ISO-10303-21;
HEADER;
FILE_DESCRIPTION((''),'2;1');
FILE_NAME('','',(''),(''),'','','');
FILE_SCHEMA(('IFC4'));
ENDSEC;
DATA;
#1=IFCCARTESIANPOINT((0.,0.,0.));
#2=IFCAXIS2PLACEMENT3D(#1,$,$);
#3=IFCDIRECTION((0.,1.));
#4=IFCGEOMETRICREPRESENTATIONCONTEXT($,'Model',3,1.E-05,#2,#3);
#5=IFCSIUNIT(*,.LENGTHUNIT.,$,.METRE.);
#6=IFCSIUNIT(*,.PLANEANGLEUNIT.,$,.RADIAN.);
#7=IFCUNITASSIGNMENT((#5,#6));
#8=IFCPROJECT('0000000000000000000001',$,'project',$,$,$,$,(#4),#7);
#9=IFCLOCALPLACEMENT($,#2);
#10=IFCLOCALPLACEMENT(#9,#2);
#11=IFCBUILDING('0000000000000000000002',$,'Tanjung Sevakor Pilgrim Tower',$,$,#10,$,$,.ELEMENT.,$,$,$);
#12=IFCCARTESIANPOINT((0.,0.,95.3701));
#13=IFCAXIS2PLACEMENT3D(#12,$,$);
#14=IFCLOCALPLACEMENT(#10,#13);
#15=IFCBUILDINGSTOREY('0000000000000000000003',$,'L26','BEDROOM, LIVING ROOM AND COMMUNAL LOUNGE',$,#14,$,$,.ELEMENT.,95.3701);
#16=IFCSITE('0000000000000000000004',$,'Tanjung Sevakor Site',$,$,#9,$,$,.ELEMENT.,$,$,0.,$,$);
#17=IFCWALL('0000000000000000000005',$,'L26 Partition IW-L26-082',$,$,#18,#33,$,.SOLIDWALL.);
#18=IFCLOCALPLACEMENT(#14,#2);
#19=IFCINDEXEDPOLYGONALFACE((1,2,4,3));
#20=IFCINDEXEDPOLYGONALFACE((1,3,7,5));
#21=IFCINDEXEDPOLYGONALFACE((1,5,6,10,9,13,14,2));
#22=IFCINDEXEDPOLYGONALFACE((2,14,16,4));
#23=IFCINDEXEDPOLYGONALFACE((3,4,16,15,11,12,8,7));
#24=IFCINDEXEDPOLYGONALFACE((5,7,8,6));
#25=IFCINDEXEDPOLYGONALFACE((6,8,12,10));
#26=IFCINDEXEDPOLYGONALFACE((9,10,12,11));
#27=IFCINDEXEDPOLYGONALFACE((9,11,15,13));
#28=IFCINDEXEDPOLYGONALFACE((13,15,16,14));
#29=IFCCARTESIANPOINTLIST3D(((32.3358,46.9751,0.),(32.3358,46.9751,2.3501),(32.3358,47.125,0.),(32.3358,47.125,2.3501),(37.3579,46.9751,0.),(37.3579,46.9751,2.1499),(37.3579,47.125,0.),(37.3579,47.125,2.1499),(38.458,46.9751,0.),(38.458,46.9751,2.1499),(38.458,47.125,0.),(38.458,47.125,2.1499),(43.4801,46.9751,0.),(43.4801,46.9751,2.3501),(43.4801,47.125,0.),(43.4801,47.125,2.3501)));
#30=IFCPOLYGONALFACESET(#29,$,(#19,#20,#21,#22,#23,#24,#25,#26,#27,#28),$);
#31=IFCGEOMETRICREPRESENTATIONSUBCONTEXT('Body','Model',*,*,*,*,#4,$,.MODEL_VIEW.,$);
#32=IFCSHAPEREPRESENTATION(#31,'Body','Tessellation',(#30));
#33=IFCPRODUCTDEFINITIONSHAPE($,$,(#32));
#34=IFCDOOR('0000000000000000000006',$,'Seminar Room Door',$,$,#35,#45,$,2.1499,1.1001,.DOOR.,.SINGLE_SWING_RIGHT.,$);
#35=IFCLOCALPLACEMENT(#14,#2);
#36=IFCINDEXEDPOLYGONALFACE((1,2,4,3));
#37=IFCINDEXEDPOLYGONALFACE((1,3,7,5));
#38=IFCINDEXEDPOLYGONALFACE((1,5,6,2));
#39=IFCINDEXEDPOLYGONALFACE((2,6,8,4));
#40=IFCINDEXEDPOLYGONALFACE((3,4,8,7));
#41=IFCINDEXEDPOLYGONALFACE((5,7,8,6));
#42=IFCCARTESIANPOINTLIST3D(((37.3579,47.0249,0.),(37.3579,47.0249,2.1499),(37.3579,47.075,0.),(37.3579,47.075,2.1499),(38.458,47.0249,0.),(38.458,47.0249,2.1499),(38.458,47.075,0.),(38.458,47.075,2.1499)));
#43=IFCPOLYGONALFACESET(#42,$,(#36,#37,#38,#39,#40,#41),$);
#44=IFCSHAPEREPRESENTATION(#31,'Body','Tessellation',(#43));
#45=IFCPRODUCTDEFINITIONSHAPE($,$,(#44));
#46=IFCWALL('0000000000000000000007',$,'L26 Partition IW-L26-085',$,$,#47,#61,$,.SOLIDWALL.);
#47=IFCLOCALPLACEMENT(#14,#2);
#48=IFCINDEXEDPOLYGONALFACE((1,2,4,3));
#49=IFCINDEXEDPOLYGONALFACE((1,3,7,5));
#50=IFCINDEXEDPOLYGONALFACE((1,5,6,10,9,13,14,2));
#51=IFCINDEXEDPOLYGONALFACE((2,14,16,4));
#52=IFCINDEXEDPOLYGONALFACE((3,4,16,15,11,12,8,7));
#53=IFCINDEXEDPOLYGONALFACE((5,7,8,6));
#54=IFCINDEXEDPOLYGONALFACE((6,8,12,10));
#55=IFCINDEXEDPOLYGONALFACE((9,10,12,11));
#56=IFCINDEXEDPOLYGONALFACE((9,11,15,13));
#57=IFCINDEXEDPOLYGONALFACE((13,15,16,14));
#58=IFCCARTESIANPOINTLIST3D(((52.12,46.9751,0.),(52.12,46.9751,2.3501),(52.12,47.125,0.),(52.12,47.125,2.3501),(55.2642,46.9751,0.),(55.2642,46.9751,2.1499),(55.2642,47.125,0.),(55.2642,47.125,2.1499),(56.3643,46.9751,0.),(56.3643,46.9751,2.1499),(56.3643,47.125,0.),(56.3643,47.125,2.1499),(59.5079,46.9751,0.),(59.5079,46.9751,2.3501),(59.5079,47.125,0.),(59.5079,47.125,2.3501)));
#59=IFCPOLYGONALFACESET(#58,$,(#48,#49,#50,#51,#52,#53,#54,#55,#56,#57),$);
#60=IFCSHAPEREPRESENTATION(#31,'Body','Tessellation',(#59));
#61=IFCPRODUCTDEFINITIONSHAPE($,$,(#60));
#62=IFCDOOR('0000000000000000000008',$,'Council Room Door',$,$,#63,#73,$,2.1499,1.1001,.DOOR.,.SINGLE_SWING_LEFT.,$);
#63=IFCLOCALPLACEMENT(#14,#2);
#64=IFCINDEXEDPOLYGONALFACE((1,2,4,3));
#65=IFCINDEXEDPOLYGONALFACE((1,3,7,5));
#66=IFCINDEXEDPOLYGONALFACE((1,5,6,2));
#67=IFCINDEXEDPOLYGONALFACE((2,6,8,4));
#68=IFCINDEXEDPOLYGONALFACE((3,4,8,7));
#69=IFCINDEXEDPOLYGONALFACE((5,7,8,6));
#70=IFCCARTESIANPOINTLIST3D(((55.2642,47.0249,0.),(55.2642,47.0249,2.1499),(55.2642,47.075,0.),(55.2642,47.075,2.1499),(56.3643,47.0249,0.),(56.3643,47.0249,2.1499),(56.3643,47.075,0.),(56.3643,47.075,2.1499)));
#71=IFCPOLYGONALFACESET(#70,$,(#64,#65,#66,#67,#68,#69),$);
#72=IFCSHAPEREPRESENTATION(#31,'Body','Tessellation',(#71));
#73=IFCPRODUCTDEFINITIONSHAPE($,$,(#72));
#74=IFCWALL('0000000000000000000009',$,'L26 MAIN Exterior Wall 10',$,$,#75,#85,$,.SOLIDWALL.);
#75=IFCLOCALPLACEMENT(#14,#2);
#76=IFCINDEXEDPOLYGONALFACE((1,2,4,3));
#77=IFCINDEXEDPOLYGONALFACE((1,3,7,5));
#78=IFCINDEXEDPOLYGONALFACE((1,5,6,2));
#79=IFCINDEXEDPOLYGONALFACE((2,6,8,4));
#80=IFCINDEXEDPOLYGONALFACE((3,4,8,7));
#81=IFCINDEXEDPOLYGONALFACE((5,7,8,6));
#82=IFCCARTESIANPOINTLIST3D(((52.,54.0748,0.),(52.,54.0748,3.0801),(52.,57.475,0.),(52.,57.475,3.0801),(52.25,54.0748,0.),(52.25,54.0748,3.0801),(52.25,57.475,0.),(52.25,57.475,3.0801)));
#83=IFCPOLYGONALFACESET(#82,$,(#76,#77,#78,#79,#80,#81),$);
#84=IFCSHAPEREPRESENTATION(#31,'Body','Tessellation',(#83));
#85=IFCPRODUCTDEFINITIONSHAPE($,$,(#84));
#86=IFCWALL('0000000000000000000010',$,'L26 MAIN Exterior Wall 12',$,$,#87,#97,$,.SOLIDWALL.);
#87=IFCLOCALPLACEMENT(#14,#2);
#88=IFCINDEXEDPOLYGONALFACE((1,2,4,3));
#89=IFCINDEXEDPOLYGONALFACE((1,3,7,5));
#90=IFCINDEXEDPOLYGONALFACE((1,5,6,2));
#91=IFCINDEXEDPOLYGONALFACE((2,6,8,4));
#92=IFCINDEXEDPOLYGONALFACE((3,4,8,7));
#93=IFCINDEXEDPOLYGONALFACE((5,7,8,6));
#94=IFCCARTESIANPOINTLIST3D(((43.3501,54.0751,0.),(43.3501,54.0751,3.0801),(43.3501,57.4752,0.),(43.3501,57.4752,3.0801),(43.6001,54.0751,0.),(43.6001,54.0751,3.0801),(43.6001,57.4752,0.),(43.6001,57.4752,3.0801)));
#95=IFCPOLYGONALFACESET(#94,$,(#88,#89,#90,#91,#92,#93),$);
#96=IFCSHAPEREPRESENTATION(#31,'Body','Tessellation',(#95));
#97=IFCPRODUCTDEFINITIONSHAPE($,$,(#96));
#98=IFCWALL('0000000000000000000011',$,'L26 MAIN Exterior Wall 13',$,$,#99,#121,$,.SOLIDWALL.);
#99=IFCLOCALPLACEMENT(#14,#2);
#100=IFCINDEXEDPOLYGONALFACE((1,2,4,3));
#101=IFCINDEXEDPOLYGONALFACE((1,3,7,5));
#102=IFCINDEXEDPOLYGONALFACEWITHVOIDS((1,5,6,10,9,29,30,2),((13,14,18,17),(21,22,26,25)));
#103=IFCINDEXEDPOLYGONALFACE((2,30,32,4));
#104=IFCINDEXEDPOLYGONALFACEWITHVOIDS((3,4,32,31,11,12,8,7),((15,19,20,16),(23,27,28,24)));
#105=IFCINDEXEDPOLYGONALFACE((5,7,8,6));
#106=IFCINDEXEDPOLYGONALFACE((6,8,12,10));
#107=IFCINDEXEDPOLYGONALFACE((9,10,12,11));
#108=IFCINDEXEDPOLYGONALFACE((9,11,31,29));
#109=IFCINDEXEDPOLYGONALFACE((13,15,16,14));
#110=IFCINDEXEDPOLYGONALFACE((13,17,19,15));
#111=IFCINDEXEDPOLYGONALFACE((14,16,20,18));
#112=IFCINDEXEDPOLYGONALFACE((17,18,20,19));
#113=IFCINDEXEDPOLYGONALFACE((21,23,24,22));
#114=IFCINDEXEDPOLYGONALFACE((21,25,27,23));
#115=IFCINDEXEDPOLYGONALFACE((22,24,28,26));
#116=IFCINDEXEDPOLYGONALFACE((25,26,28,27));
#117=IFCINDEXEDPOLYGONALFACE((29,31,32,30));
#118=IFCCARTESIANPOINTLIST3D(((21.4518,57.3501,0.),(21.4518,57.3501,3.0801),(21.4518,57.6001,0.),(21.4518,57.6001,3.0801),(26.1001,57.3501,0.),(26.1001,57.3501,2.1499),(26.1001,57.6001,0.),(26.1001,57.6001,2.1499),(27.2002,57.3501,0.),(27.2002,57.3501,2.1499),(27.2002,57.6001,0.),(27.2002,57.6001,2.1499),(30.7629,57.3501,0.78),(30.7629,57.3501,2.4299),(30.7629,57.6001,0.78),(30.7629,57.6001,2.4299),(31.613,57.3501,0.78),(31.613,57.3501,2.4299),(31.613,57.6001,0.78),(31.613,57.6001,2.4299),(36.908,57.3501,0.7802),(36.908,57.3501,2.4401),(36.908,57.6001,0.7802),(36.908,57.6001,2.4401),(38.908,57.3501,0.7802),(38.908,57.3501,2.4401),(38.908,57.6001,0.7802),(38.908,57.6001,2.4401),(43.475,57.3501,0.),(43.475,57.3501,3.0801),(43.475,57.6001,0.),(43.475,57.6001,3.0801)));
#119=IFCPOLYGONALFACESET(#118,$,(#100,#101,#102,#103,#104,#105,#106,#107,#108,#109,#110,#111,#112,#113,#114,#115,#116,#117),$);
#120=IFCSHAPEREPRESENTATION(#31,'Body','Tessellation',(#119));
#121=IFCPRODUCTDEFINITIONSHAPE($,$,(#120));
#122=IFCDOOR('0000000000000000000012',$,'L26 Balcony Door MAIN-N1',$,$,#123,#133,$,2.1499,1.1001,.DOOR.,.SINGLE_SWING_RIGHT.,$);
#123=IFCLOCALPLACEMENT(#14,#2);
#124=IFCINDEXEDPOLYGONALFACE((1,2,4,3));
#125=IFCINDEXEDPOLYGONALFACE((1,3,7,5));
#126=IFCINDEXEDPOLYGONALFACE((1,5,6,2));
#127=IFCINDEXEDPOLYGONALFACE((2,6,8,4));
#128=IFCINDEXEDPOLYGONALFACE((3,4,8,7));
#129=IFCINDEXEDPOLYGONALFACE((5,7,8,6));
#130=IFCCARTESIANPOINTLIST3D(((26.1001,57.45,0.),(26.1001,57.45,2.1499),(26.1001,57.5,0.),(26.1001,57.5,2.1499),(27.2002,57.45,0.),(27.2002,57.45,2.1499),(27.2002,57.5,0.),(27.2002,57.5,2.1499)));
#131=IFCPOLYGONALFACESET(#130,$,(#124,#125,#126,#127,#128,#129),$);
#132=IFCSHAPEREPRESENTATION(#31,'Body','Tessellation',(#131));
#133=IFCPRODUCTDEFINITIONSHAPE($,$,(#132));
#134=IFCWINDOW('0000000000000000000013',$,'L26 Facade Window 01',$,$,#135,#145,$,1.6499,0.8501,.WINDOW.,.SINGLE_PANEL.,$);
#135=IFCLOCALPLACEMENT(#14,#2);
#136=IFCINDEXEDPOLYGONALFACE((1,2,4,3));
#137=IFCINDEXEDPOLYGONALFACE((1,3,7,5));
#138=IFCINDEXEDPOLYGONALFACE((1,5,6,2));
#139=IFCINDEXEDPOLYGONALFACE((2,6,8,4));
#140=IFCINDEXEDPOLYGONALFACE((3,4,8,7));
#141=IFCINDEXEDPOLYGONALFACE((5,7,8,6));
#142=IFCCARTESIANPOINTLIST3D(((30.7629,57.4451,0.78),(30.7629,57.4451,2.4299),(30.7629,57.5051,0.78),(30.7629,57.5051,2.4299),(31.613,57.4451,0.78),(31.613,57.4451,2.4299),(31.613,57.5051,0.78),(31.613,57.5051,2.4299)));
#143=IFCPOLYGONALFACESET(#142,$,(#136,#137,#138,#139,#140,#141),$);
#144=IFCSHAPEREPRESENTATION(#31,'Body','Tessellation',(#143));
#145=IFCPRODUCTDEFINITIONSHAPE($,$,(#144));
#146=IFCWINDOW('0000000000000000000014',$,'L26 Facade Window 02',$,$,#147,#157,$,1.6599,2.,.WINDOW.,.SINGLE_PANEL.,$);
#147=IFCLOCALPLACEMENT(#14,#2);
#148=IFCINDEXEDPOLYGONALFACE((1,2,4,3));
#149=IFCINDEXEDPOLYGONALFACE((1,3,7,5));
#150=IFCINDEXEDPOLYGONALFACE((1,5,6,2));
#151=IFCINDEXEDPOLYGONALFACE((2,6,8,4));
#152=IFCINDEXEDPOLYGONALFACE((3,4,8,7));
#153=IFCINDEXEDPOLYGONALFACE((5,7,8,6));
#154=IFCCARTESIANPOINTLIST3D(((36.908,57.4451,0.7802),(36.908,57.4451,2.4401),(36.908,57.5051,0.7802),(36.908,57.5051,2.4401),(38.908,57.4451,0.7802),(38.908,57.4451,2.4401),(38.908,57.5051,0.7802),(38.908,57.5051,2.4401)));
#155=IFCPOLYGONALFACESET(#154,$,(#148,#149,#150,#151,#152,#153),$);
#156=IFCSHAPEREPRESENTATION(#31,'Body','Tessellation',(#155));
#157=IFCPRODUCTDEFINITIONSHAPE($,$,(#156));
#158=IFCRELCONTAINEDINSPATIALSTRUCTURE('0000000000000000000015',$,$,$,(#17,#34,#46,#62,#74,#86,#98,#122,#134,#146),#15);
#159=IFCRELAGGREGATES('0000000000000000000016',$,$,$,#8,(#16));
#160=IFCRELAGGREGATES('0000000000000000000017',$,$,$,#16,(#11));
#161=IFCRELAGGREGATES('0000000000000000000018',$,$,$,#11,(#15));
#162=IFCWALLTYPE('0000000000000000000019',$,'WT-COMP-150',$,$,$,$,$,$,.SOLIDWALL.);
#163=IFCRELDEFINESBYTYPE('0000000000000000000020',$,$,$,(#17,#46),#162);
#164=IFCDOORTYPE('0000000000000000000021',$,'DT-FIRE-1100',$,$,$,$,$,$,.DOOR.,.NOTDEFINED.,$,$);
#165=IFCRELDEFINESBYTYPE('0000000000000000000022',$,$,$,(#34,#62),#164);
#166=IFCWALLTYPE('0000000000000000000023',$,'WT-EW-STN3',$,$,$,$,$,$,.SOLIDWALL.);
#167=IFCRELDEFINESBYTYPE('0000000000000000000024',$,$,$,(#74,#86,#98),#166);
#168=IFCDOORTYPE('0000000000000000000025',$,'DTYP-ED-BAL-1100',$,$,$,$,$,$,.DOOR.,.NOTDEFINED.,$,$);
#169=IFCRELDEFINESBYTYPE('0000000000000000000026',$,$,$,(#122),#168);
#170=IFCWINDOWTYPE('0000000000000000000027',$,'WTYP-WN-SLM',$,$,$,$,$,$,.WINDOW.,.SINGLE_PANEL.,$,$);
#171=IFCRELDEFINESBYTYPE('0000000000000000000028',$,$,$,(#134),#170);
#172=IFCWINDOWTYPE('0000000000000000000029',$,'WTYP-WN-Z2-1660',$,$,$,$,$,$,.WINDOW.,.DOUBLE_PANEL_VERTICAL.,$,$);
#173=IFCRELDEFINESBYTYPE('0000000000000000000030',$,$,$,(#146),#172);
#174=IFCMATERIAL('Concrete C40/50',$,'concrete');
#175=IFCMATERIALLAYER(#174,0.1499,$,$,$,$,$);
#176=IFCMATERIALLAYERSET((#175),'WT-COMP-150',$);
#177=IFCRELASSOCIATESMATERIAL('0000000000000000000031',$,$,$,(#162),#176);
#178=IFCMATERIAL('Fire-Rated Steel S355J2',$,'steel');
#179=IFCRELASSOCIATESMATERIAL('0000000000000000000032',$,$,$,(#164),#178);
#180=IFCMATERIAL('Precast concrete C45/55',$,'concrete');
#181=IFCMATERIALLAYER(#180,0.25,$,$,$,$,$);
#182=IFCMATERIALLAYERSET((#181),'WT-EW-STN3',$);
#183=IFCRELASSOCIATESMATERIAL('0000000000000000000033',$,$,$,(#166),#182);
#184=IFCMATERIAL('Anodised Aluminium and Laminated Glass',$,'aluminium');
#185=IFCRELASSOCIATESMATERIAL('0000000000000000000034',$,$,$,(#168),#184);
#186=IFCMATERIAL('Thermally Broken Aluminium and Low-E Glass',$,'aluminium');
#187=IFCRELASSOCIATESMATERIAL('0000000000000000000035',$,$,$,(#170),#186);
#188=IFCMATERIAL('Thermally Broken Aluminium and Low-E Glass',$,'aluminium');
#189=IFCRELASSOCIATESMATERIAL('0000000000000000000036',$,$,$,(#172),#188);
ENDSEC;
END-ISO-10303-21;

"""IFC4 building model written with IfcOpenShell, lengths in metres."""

from ifc_helpers import new_model, si_unit, direction, frame, frame_2d, origin, place, context, subcontext, project, spatial, rectangle, extrude, material, layer, layer_set, type_object, element, fill, save


model = new_model("IFC4")

# Units and contexts
model_context = context("Model", 3, precision=1e-05, world=origin(), true_north=direction((0.0, 1.0)))
body_context = subcontext(model_context, "Body", "Model", "MODEL_VIEW")
ifc_project = project(units=[si_unit("LENGTHUNIT", "METRE"), si_unit("PLANEANGLEUNIT", "RADIAN")], contexts=[model_context])

# Site, building, storey
site_placement = place(None, origin())
site = spatial("IfcSite", under=ifc_project, at=site_placement, Name="Tanjung Sevakor Site", CompositionType="ELEMENT", RefElevation=0.0)
building_placement = place(site_placement, origin())
building = spatial("IfcBuilding", under=site, at=building_placement, Name="Tanjung Sevakor Pilgrim Tower", CompositionType="ELEMENT")
storey_placement = place(building_placement, frame((0.0, 0.0, 95.3701)))
storey = spatial("IfcBuildingStorey", under=building, at=storey_placement, Name="L26", Description="BEDROOM, LIVING ROOM AND COMMUNAL LOUNGE", CompositionType="ELEMENT", Elevation=95.3701)

# Shared definitions
ifc_material_1 = material(Name="Concrete C40/50", Category="concrete")
ifc_layer_1 = layer(ifc_material_1, 0.1499)
ifc_layer_set_1 = layer_set([ifc_layer_1], Name="WT-COMP-150")
wall_type_1 = type_object("IfcWallType", Name="WT-COMP-150", PredefinedType="SOLIDWALL", material=ifc_layer_set_1)

# Walls, openings, doors
wall_1_placement = place(storey_placement, frame((32.3357, 47.05, 0.0), z_axis=(0.0, 0.0, 1.0), x_axis=(1.0, 0.0, 0.0)))
wall_1 = element("IfcWall", 1, at=wall_1_placement, inside=storey, type_object=wall_type_1, Name="L26 Partition IW-L26-082", PredefinedType="SOLIDWALL", context=body_context, shape_type="SweptSolid", body=[
    extrude(rectangle(XDim=11.1443, YDim=0.1499, at=frame_2d((5.5723, 0.0))), origin(), (0.0, 0.0, 1.0), 2.3501),
])
opening_1_placement = place(wall_1_placement, frame((5.0222, 0.0, 0.0)))
opening_1 = element("IfcOpeningElement", 2, at=opening_1_placement, cuts=wall_1, PredefinedType="OPENING", context=body_context, shape_type="SweptSolid", body=[
    extrude(rectangle(XDim=1.1001, YDim=2.1499, at=frame_2d((0.55, 1.075))), frame((0.0, 0.085, 0.0), z_axis=(0.0, -1.0, 0.0), x_axis=(1.0, 0.0, 0.0)), (0.0, 0.0, 1.0), 0.1699),
])
ifc_material_2 = material(Name="Fire-Rated Steel S355J2", Category="steel")
door_type_1 = type_object("IfcDoorType", Name="DT-FIRE-1100", OperationType="NOTDEFINED", PredefinedType="DOOR", material=ifc_material_2)
door_1_placement = place(opening_1_placement, origin())
door_1 = element("IfcDoor", 3, at=door_1_placement, inside=storey, type_object=door_type_1, Name="Seminar Room Door", OperationType="SINGLE_SWING_RIGHT", OverallHeight=2.1499, OverallWidth=1.1001, PredefinedType="DOOR", context=body_context, shape_type="SweptSolid", body=[
    extrude(rectangle(XDim=1.1001, YDim=2.1499, at=frame_2d((0.55, 1.075))), frame((0.0, 0.0249, 0.0), z_axis=(0.0, -1.0, 0.0), x_axis=(1.0, 0.0, 0.0)), (0.0, 0.0, 1.0), 0.05),
])
fill(opening_1, door_1)
wall_2_placement = place(storey_placement, frame((52.1201, 47.05, 0.0), z_axis=(0.0, 0.0, 1.0), x_axis=(1.0, 0.0, 0.0)))
wall_2 = element("IfcWall", 4, at=wall_2_placement, inside=storey, type_object=wall_type_1, Name="L26 Partition IW-L26-085", PredefinedType="SOLIDWALL", context=body_context, shape_type="SweptSolid", body=[
    extrude(rectangle(XDim=7.3879, YDim=0.1499, at=frame_2d((3.6938, 0.0))), origin(), (0.0, 0.0, 1.0), 2.3501),
])
opening_2_placement = place(wall_2_placement, frame((3.144, 0.0, 0.0)))
opening_2 = element("IfcOpeningElement", 5, at=opening_2_placement, cuts=wall_2, PredefinedType="OPENING", context=body_context, shape_type="SweptSolid", body=[
    extrude(rectangle(XDim=1.1001, YDim=2.1499, at=frame_2d((0.55, 1.075))), frame((0.0, 0.085, 0.0), z_axis=(0.0, -1.0, 0.0), x_axis=(1.0, 0.0, 0.0)), (0.0, 0.0, 1.0), 0.1699),
])
door_2_placement = place(opening_2_placement, origin())
door_2 = element("IfcDoor", 6, at=door_2_placement, inside=storey, type_object=door_type_1, Name="Council Room Door", OperationType="SINGLE_SWING_LEFT", OverallHeight=2.1499, OverallWidth=1.1001, PredefinedType="DOOR", context=body_context, shape_type="SweptSolid", body=[
    extrude(rectangle(XDim=1.1001, YDim=2.1499, at=frame_2d((0.55, 1.075))), frame((0.0, 0.0249, 0.0), z_axis=(0.0, -1.0, 0.0), x_axis=(1.0, 0.0, 0.0)), (0.0, 0.0, 1.0), 0.05),
])
fill(opening_2, door_2)

# Walls
ifc_material_3 = material(Name="Precast concrete C45/55", Category="concrete")
ifc_layer_2 = layer(ifc_material_3, 0.25)
ifc_layer_set_2 = layer_set([ifc_layer_2], Name="WT-EW-STN3")
wall_type_2 = type_object("IfcWallType", Name="WT-EW-STN3", PredefinedType="SOLIDWALL", material=ifc_layer_set_2)
for number, where, z_axis, x_axis, name in (
    (7, (52.125, 57.4751, 0.0), (0.0, 0.0, 1.0), (0.0, -1.0, 0.0), "L26 MAIN Exterior Wall 10"),
    (8, (43.4751, 54.075, 0.0), (0.0, 0.0, 1.0), (0.0, 1.0, 0.0), "L26 MAIN Exterior Wall 12"),
):
    element("IfcWall", number, at=place(storey_placement, frame(where, z_axis=z_axis, x_axis=x_axis)), inside=storey, type_object=wall_type_2, Name=name, PredefinedType="SOLIDWALL", context=body_context, shape_type="SweptSolid", body=[
        extrude(rectangle(XDim=3.4001, YDim=0.25, at=frame_2d((1.7002, 0.0))), origin(), (0.0, 0.0, 1.0), 3.0801),
    ])

# Wall, openings, door, windows
wall_3_placement = place(storey_placement, frame((43.4751, 57.4751, 0.0), z_axis=(0.0, 0.0, 1.0), x_axis=(-1.0, 0.0, 0.0)))
wall_3 = element("IfcWall", 9, at=wall_3_placement, inside=storey, type_object=wall_type_2, Name="L26 MAIN Exterior Wall 13", PredefinedType="SOLIDWALL", context=body_context, shape_type="SweptSolid", body=[
    extrude(rectangle(XDim=22.0232, YDim=0.25, at=frame_2d((11.0117, 0.0))), origin(), (0.0, 0.0, 1.0), 3.0801),
])
opening_3_placement = place(wall_3_placement, frame((16.2749, 0.0, 0.0)))
opening_3 = element("IfcOpeningElement", 10, at=opening_3_placement, cuts=wall_3, PredefinedType="OPENING", context=body_context, shape_type="SweptSolid", body=[
    extrude(rectangle(XDim=1.1001, YDim=2.1499, at=frame_2d((0.55, 1.075))), frame((0.0, 0.135, 0.0), z_axis=(0.0, -1.0, 0.0), x_axis=(1.0, 0.0, 0.0)), (0.0, 0.0, 1.0), 0.27),
])
opening_4_placement = place(wall_3_placement, frame((11.8621, 0.0, 0.78)))
opening_4 = element("IfcOpeningElement", 11, at=opening_4_placement, cuts=wall_3, PredefinedType="OPENING", context=body_context, shape_type="SweptSolid", body=[
    extrude(rectangle(XDim=0.8501, YDim=1.6499, at=frame_2d((0.425, 0.825))), frame((0.0, 0.135, 0.0), z_axis=(0.0, -1.0, 0.0), x_axis=(1.0, 0.0, 0.0)), (0.0, 0.0, 1.0), 0.27),
])
opening_5_placement = place(wall_3_placement, frame((4.5671, 0.0, 0.78)))
opening_5 = element("IfcOpeningElement", 12, at=opening_5_placement, cuts=wall_3, PredefinedType="OPENING", context=body_context, shape_type="SweptSolid", body=[
    extrude(rectangle(XDim=2.0, YDim=1.6599, at=frame_2d((1.0, 0.8301))), frame((0.0, 0.135, 0.0), z_axis=(0.0, -1.0, 0.0), x_axis=(1.0, 0.0, 0.0)), (0.0, 0.0, 1.0), 0.27),
])
ifc_material_4 = material(Name="Anodised Aluminium and Laminated Glass", Category="aluminium")
door_type_2 = type_object("IfcDoorType", Name="DTYP-ED-BAL-1100", OperationType="NOTDEFINED", PredefinedType="DOOR", material=ifc_material_4)
door_3_placement = place(opening_3_placement, frame((1.1001, 0.0, 0.0), z_axis=(0.0, 0.0, 1.0), x_axis=(-1.0, 0.0, 0.0)))
door_3 = element("IfcDoor", 13, at=door_3_placement, inside=storey, type_object=door_type_2, Name="L26 Balcony Door MAIN-N1", OperationType="SINGLE_SWING_RIGHT", OverallHeight=2.1499, OverallWidth=1.1001, PredefinedType="DOOR", context=body_context, shape_type="SweptSolid", body=[
    extrude(rectangle(XDim=1.1001, YDim=2.1499, at=frame_2d((0.55, 1.075))), frame((0.0, 0.0249, 0.0), z_axis=(0.0, -1.0, 0.0), x_axis=(1.0, 0.0, 0.0)), (0.0, 0.0, 1.0), 0.05),
])
fill(opening_3, door_3)
ifc_material_5 = material(Name="Thermally Broken Aluminium and Low-E Glass", Category="aluminium")
window_type_1 = type_object("IfcWindowType", Name="WTYP-WN-SLM", PartitioningType="SINGLE_PANEL", PredefinedType="WINDOW", material=ifc_material_5)
window_1_placement = place(opening_4_placement, origin())
window_1 = element("IfcWindow", 14, at=window_1_placement, inside=storey, type_object=window_type_1, Name="L26 Facade Window 01", OverallHeight=1.6499, OverallWidth=0.8501, PartitioningType="SINGLE_PANEL", PredefinedType="WINDOW", context=body_context, shape_type="SweptSolid", body=[
    extrude(rectangle(XDim=0.8501, YDim=1.6499, at=frame_2d((0.425, 0.825))), frame((0.0, 0.03, 0.0), z_axis=(0.0, -1.0, 0.0), x_axis=(1.0, 0.0, 0.0)), (0.0, 0.0, 1.0), 0.0601),
])
fill(opening_4, window_1)
ifc_material_6 = material(Name="Thermally Broken Aluminium and Low-E Glass", Category="aluminium")
window_type_2 = type_object("IfcWindowType", Name="WTYP-WN-Z2-1660", PartitioningType="DOUBLE_PANEL_VERTICAL", PredefinedType="WINDOW", material=ifc_material_6)
window_2_placement = place(opening_5_placement, origin())
window_2 = element("IfcWindow", 15, at=window_2_placement, inside=storey, type_object=window_type_2, Name="L26 Facade Window 02", OverallHeight=1.6599, OverallWidth=2.0, PartitioningType="SINGLE_PANEL", PredefinedType="WINDOW", context=body_context, shape_type="SweptSolid", body=[
    extrude(rectangle(XDim=2.0, YDim=1.6599, at=frame_2d((1.0, 0.8301))), frame((0.0, 0.03, 0.0), z_axis=(0.0, -1.0, 0.0), x_axis=(1.0, 0.0, 0.0)), (0.0, 0.0, 1.0), 0.0601),
])
fill(opening_5, window_2)

save(model, "model.ifc")
